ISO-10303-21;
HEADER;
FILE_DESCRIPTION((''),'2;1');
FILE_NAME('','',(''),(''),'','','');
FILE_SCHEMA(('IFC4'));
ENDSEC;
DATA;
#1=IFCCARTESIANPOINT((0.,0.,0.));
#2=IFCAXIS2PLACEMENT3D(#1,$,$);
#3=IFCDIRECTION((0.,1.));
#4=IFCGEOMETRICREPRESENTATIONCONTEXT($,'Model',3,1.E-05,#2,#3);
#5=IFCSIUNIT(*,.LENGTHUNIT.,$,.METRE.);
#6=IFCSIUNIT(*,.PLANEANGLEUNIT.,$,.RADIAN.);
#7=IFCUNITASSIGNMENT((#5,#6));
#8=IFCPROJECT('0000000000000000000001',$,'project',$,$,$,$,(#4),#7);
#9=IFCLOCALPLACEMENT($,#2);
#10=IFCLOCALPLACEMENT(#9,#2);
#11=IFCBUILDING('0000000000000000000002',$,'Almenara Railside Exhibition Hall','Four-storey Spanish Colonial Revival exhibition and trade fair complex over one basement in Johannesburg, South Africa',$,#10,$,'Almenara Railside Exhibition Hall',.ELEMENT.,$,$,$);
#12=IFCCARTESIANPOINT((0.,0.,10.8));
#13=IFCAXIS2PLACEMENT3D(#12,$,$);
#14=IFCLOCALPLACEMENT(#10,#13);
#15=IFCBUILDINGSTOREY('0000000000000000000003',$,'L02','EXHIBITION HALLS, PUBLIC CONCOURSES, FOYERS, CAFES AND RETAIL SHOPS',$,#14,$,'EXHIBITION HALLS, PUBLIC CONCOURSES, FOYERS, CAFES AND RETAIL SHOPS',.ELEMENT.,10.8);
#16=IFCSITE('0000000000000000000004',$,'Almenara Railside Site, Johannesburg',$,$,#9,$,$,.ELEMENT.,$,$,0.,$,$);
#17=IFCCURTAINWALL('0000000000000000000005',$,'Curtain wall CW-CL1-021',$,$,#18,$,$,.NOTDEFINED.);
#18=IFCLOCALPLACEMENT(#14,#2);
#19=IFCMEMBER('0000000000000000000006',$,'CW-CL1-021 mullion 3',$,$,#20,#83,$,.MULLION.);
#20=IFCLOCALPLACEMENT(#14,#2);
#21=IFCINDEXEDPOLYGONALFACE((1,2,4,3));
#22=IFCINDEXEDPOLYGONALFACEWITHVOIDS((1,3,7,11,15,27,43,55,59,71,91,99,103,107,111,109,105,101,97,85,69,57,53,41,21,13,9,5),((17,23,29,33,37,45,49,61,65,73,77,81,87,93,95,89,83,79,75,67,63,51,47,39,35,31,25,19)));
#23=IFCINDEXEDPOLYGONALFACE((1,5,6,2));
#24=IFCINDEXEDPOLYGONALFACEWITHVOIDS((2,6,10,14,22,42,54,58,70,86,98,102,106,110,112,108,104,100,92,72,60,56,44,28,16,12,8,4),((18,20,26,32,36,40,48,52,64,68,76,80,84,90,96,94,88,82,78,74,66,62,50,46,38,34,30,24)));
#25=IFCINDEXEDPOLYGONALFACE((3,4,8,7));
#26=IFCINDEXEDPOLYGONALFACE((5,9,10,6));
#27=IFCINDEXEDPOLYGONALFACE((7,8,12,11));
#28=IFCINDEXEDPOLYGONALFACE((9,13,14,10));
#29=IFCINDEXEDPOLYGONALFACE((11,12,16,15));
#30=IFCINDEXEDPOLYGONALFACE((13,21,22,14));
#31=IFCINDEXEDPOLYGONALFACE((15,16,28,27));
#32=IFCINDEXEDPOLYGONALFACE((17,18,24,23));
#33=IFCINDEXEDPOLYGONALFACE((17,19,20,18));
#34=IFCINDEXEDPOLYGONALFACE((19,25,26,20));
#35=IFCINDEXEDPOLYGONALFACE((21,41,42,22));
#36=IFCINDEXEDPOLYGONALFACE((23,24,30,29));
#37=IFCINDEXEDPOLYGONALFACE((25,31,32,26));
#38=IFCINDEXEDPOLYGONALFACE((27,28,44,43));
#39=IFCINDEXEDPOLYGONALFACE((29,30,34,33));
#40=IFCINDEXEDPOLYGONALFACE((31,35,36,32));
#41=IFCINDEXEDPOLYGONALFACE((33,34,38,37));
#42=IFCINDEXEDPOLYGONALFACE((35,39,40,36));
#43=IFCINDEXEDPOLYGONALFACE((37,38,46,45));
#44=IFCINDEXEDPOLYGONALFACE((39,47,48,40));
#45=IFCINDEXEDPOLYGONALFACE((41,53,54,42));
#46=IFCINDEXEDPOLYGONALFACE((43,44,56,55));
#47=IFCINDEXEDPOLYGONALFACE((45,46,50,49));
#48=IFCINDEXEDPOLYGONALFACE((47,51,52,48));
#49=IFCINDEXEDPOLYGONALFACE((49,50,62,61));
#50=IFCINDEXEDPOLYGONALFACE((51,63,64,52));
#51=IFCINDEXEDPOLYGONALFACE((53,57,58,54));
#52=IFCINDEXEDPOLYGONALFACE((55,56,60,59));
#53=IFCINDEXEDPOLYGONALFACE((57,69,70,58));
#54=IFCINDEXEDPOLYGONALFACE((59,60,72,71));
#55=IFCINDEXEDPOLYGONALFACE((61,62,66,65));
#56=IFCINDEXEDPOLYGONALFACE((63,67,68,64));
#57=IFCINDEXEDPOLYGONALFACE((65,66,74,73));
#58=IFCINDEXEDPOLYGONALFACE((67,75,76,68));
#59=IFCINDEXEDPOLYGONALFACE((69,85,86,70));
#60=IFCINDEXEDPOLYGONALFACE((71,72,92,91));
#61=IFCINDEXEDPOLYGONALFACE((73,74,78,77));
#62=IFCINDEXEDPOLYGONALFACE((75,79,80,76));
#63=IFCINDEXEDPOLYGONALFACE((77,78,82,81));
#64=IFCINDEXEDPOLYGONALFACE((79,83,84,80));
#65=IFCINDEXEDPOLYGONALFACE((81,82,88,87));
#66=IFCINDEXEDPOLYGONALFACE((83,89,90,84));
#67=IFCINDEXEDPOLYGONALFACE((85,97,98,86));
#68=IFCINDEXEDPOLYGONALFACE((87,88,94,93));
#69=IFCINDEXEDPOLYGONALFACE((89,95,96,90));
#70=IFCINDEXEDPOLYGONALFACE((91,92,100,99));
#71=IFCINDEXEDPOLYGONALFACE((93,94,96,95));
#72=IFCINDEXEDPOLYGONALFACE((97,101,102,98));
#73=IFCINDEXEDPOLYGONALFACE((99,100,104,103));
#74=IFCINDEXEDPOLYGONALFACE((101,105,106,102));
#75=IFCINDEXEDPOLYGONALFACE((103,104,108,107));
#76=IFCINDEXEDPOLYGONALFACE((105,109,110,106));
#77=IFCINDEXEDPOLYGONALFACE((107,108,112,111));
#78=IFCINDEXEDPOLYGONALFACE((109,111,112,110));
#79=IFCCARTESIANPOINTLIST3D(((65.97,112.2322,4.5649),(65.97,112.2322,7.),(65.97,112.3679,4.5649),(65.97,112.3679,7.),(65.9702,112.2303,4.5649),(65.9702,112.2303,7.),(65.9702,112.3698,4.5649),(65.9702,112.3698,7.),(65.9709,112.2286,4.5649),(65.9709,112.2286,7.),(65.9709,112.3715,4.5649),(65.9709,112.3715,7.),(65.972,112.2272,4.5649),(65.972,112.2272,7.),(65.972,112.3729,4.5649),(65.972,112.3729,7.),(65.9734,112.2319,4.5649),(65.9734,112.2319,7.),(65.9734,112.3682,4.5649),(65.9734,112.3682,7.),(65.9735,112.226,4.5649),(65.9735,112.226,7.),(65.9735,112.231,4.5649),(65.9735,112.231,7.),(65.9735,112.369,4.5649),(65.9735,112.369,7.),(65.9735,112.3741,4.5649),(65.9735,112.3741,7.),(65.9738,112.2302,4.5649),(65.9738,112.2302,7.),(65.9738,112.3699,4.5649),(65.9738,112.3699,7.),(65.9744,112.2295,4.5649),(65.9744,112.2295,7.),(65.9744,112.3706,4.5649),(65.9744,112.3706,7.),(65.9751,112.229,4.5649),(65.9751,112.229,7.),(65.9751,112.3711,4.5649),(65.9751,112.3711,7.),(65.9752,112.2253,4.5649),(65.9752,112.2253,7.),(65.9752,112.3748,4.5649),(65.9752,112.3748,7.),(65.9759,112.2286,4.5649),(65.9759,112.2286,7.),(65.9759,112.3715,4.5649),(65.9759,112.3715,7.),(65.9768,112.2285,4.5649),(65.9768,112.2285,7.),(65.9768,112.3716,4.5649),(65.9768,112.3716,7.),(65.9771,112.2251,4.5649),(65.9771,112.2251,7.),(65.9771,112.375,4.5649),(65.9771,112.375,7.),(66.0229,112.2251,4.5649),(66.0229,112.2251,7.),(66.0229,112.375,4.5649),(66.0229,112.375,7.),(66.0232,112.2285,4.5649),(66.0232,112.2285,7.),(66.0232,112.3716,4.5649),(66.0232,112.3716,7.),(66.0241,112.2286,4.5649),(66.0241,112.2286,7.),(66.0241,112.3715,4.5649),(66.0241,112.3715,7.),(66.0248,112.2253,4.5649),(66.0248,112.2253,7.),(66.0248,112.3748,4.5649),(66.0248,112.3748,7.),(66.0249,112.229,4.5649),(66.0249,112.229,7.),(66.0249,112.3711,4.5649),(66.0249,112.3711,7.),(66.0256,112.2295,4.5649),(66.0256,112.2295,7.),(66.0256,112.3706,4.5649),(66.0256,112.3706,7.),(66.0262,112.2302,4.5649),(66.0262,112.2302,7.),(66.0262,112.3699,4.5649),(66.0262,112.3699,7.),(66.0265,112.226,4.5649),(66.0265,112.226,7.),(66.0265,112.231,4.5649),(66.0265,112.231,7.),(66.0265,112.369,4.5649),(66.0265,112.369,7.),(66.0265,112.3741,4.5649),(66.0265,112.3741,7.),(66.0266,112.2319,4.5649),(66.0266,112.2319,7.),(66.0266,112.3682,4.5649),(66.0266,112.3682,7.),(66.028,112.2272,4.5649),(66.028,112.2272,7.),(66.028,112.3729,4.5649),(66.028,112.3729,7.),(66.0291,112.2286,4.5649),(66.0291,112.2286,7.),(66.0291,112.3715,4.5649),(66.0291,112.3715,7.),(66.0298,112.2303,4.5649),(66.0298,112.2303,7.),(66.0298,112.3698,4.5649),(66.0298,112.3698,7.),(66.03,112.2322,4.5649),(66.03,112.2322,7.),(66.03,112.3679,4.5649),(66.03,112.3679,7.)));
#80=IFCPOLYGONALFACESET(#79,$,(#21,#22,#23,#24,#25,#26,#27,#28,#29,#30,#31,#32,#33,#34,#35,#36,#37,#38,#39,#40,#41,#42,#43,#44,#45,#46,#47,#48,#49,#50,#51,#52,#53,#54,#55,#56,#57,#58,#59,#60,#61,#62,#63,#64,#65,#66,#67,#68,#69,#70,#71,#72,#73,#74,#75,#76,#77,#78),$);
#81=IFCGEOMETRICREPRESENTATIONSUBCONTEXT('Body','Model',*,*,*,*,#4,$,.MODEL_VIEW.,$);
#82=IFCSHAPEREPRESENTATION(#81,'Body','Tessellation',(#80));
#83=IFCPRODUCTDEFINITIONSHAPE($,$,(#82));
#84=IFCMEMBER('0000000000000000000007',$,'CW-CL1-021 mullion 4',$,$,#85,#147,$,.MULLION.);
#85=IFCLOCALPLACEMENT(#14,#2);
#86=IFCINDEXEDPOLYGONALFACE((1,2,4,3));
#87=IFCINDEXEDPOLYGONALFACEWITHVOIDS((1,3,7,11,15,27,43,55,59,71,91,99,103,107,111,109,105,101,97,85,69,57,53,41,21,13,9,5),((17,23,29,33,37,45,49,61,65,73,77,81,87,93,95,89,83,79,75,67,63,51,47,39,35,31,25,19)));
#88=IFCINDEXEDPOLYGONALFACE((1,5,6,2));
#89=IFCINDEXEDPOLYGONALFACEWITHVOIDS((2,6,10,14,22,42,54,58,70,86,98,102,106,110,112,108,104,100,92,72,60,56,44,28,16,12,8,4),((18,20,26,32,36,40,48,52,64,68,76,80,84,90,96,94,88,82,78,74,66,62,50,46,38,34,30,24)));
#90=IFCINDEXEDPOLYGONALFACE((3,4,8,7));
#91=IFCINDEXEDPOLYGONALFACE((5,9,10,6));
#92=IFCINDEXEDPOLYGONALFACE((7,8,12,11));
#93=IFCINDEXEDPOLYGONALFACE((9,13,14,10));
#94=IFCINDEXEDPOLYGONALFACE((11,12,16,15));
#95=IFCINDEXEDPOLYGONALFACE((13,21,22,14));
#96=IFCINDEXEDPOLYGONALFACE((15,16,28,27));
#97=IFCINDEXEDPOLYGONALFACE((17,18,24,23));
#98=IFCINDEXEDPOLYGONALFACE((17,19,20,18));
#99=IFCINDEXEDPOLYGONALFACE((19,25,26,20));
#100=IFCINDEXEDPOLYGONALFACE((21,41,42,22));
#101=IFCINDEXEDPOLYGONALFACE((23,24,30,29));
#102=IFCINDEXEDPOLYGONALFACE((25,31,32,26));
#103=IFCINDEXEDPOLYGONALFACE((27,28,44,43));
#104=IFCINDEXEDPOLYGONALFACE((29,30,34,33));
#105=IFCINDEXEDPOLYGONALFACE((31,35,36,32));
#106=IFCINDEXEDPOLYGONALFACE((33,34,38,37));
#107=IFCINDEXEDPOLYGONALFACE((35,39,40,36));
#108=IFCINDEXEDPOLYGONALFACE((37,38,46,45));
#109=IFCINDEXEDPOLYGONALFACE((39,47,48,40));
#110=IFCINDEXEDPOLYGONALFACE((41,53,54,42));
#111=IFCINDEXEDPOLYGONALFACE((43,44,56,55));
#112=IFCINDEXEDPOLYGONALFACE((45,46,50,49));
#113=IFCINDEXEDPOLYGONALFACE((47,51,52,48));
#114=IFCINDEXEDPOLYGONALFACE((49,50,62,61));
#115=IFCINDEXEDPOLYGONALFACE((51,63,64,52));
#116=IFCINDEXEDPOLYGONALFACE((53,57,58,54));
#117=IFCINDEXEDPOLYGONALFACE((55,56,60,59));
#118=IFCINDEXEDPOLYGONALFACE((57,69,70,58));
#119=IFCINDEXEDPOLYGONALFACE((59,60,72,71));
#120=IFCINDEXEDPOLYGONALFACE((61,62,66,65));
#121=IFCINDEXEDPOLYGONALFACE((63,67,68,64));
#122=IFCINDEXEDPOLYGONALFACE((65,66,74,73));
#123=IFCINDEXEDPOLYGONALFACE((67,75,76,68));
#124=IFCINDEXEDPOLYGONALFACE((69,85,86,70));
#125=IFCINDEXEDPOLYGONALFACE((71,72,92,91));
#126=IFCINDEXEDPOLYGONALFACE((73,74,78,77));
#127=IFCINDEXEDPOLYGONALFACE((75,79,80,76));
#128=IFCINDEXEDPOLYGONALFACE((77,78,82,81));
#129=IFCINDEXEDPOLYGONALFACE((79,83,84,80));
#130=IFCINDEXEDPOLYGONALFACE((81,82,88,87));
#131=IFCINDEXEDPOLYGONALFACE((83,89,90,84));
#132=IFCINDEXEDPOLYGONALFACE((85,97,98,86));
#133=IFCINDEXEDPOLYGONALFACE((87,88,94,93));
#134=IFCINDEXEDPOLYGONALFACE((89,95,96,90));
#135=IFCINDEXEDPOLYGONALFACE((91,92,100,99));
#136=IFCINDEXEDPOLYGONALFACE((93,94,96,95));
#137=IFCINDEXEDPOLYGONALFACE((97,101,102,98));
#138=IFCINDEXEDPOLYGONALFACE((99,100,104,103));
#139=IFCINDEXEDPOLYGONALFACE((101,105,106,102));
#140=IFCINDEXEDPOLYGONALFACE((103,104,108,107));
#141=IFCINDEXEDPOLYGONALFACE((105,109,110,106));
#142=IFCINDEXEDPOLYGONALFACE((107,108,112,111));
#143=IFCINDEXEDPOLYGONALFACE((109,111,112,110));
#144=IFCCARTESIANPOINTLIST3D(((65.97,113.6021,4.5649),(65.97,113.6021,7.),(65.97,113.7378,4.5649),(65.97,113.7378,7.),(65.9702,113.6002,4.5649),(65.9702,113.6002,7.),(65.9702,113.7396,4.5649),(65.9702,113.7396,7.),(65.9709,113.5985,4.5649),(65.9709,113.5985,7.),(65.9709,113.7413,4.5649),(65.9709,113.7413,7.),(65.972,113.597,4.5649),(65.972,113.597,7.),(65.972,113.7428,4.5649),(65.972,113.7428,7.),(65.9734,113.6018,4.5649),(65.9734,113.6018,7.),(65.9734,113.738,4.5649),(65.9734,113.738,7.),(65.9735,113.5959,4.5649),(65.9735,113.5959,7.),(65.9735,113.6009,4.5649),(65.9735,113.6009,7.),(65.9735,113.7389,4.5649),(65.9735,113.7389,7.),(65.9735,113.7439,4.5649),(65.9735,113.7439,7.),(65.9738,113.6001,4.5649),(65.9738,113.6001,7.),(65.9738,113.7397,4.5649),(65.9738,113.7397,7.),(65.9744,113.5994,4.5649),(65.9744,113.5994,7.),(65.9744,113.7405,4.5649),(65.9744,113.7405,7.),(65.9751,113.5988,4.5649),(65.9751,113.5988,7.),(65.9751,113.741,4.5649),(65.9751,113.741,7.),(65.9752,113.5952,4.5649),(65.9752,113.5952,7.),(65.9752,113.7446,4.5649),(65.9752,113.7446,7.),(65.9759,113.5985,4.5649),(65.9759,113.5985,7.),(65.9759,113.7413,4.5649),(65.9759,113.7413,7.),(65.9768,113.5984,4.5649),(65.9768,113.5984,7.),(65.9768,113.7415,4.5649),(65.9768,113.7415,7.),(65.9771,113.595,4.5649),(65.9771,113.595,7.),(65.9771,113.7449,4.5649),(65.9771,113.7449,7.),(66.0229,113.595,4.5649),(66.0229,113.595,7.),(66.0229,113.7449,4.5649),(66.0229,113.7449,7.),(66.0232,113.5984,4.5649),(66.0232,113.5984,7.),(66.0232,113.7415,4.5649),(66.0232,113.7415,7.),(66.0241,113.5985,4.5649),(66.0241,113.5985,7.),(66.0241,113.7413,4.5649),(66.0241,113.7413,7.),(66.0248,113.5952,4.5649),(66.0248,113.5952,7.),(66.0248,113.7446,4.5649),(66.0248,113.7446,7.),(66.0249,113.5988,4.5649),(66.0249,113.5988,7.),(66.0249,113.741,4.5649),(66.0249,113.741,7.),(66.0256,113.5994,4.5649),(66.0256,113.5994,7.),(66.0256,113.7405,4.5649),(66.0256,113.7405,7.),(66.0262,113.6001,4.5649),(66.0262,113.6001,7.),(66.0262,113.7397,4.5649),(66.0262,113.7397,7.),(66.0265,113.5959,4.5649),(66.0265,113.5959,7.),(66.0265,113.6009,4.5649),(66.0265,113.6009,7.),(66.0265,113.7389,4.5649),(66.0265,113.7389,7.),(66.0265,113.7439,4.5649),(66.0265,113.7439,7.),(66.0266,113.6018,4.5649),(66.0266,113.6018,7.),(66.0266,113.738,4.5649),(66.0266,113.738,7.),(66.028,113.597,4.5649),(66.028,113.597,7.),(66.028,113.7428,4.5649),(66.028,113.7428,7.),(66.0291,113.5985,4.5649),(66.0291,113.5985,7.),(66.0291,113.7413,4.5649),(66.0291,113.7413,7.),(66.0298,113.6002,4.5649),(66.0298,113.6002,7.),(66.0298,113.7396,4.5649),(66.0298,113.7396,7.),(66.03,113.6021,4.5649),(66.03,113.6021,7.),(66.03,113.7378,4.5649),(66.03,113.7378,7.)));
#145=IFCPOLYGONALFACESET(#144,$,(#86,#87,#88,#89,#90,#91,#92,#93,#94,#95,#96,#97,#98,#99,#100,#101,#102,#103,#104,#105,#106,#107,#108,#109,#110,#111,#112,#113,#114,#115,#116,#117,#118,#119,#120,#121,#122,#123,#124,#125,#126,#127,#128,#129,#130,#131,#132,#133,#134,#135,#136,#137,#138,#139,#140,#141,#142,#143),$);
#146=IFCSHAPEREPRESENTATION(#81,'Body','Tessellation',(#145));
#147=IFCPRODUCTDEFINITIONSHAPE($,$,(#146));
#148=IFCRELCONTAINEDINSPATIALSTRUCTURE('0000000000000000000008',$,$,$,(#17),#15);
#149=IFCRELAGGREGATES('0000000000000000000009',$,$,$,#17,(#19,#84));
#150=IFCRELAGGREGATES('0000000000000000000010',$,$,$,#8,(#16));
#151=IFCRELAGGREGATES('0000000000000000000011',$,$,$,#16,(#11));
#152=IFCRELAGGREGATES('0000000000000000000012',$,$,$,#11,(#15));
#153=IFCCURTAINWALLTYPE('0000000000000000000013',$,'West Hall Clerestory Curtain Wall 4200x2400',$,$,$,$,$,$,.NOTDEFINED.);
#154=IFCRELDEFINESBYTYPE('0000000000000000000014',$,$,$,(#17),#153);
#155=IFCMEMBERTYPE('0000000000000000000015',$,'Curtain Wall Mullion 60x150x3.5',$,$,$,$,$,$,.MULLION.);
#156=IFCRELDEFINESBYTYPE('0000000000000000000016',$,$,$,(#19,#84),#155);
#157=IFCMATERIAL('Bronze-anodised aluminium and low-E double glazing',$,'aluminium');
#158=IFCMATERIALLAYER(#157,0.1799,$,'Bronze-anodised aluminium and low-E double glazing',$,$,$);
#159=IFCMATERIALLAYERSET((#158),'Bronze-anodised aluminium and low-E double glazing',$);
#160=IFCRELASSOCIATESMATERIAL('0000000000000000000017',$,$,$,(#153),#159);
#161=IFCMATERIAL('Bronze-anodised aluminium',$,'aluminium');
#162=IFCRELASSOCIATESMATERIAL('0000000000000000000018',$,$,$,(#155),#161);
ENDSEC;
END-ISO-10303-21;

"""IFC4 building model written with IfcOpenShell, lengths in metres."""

from ifc_helpers import new_model, si_unit, direction, frame, origin, origin_2d, place, context, subcontext, project, spatial, hollow_rectangle, extrude, material, layer, layer_set, material_profile, profile_set, type_object, element, aggregate, save


model = new_model("IFC4")

# Units and contexts
model_context = context("Model", 3, precision=1e-05, world=origin(), true_north=direction((0.0, 1.0)))
body_context = subcontext(model_context, "Body", "Model", "MODEL_VIEW")
ifc_project = project(units=[si_unit("LENGTHUNIT", "METRE"), si_unit("PLANEANGLEUNIT", "RADIAN")], contexts=[model_context])

# Site, building, storey
site_placement = place(None, origin())
site = spatial("IfcSite", under=ifc_project, at=site_placement, Name="Almenara Railside Site, Johannesburg", CompositionType="ELEMENT", RefElevation=0.0)
building_placement = place(site_placement, origin())
building = spatial("IfcBuilding", under=site, at=building_placement, Name="Almenara Railside Exhibition Hall", Description="Four-storey Spanish Colonial Revival exhibition and trade fair complex over one basement in Johannesburg, South Africa", LongName="Almenara Railside Exhibition Hall", CompositionType="ELEMENT")
storey_placement = place(building_placement, frame((0.0, 0.0, 10.8)))
storey = spatial("IfcBuildingStorey", under=building, at=storey_placement, Name="L02", Description="EXHIBITION HALLS, PUBLIC CONCOURSES, FOYERS, CAFES AND RETAIL SHOPS", LongName="EXHIBITION HALLS, PUBLIC CONCOURSES, FOYERS, CAFES AND RETAIL SHOPS", CompositionType="ELEMENT", Elevation=10.8)

# Curtain wall, members
ifc_material_1 = material(Name="Bronze-anodised aluminium and low-E double glazing", Category="aluminium")
ifc_layer_1 = layer(ifc_material_1, 0.1799, Name="Bronze-anodised aluminium and low-E double glazing")
ifc_layer_set_1 = layer_set([ifc_layer_1], Name="Bronze-anodised aluminium and low-E double glazing")
curtain_wall_type = type_object("IfcCurtainWallType", Name="West Hall Clerestory Curtain Wall 4200x2400", PredefinedType="NOTDEFINED", material=ifc_layer_set_1)
ifc_material_2 = material(Name="Bronze-anodised aluminium", Category="aluminium")
curtain_wall_1_placement = place(storey_placement, origin())
curtain_wall_1 = element("IfcCurtainWall", 1, at=curtain_wall_1_placement, inside=storey, type_object=curtain_wall_type, Name="Curtain wall CW-CL1-021", PredefinedType="NOTDEFINED")
ifc_material_profile_1 = material_profile(ifc_material_2, hollow_rectangle(XDim=0.0601, YDim=0.1499, WallThickness=0.0034, InnerFilletRadius=0.0034, OuterFilletRadius=0.0071, at=origin_2d()), Name="ALU-MUL 60x150x3.5")
ifc_profile_set_1 = profile_set([ifc_material_profile_1], Name="Bronze-anodised aluminium")
member_type_1 = type_object("IfcMemberType", Name="Curtain Wall Mullion 60x150x3.5", PredefinedType="MULLION", material=ifc_profile_set_1)
member_1_placement = place(storey_placement, frame((66.0, 112.3, 4.5649), z_axis=(0.0, 0.0, 1.0), x_axis=(-1.0, 0.0, 0.0)))
member_1 = element("IfcMember", 2, at=member_1_placement, type_object=member_type_1, Name="CW-CL1-021 mullion 3", PredefinedType="MULLION", context=body_context, shape_type="SweptSolid", body=[
    extrude(hollow_rectangle(XDim=0.0601, YDim=0.1499, WallThickness=0.0034, InnerFilletRadius=0.0034, OuterFilletRadius=0.0071, at=origin_2d()), origin(), (0.0, 0.0, 1.0), 2.4351),
])
member_2_placement = place(storey_placement, frame((66.0, 113.6699, 4.5649), z_axis=(0.0, 0.0, 1.0), x_axis=(-1.0, 0.0, 0.0)))
member_2 = element("IfcMember", 3, at=member_2_placement, type_object=member_type_1, Name="CW-CL1-021 mullion 4", PredefinedType="MULLION", context=body_context, shape_type="SweptSolid", body=[
    extrude(hollow_rectangle(XDim=0.0601, YDim=0.1499, WallThickness=0.0034, InnerFilletRadius=0.0034, OuterFilletRadius=0.0071, at=origin_2d()), origin(), (0.0, 0.0, 1.0), 2.4351),
])

aggregate(curtain_wall_1, [member_1, member_2])

save(model, "model.ifc")
